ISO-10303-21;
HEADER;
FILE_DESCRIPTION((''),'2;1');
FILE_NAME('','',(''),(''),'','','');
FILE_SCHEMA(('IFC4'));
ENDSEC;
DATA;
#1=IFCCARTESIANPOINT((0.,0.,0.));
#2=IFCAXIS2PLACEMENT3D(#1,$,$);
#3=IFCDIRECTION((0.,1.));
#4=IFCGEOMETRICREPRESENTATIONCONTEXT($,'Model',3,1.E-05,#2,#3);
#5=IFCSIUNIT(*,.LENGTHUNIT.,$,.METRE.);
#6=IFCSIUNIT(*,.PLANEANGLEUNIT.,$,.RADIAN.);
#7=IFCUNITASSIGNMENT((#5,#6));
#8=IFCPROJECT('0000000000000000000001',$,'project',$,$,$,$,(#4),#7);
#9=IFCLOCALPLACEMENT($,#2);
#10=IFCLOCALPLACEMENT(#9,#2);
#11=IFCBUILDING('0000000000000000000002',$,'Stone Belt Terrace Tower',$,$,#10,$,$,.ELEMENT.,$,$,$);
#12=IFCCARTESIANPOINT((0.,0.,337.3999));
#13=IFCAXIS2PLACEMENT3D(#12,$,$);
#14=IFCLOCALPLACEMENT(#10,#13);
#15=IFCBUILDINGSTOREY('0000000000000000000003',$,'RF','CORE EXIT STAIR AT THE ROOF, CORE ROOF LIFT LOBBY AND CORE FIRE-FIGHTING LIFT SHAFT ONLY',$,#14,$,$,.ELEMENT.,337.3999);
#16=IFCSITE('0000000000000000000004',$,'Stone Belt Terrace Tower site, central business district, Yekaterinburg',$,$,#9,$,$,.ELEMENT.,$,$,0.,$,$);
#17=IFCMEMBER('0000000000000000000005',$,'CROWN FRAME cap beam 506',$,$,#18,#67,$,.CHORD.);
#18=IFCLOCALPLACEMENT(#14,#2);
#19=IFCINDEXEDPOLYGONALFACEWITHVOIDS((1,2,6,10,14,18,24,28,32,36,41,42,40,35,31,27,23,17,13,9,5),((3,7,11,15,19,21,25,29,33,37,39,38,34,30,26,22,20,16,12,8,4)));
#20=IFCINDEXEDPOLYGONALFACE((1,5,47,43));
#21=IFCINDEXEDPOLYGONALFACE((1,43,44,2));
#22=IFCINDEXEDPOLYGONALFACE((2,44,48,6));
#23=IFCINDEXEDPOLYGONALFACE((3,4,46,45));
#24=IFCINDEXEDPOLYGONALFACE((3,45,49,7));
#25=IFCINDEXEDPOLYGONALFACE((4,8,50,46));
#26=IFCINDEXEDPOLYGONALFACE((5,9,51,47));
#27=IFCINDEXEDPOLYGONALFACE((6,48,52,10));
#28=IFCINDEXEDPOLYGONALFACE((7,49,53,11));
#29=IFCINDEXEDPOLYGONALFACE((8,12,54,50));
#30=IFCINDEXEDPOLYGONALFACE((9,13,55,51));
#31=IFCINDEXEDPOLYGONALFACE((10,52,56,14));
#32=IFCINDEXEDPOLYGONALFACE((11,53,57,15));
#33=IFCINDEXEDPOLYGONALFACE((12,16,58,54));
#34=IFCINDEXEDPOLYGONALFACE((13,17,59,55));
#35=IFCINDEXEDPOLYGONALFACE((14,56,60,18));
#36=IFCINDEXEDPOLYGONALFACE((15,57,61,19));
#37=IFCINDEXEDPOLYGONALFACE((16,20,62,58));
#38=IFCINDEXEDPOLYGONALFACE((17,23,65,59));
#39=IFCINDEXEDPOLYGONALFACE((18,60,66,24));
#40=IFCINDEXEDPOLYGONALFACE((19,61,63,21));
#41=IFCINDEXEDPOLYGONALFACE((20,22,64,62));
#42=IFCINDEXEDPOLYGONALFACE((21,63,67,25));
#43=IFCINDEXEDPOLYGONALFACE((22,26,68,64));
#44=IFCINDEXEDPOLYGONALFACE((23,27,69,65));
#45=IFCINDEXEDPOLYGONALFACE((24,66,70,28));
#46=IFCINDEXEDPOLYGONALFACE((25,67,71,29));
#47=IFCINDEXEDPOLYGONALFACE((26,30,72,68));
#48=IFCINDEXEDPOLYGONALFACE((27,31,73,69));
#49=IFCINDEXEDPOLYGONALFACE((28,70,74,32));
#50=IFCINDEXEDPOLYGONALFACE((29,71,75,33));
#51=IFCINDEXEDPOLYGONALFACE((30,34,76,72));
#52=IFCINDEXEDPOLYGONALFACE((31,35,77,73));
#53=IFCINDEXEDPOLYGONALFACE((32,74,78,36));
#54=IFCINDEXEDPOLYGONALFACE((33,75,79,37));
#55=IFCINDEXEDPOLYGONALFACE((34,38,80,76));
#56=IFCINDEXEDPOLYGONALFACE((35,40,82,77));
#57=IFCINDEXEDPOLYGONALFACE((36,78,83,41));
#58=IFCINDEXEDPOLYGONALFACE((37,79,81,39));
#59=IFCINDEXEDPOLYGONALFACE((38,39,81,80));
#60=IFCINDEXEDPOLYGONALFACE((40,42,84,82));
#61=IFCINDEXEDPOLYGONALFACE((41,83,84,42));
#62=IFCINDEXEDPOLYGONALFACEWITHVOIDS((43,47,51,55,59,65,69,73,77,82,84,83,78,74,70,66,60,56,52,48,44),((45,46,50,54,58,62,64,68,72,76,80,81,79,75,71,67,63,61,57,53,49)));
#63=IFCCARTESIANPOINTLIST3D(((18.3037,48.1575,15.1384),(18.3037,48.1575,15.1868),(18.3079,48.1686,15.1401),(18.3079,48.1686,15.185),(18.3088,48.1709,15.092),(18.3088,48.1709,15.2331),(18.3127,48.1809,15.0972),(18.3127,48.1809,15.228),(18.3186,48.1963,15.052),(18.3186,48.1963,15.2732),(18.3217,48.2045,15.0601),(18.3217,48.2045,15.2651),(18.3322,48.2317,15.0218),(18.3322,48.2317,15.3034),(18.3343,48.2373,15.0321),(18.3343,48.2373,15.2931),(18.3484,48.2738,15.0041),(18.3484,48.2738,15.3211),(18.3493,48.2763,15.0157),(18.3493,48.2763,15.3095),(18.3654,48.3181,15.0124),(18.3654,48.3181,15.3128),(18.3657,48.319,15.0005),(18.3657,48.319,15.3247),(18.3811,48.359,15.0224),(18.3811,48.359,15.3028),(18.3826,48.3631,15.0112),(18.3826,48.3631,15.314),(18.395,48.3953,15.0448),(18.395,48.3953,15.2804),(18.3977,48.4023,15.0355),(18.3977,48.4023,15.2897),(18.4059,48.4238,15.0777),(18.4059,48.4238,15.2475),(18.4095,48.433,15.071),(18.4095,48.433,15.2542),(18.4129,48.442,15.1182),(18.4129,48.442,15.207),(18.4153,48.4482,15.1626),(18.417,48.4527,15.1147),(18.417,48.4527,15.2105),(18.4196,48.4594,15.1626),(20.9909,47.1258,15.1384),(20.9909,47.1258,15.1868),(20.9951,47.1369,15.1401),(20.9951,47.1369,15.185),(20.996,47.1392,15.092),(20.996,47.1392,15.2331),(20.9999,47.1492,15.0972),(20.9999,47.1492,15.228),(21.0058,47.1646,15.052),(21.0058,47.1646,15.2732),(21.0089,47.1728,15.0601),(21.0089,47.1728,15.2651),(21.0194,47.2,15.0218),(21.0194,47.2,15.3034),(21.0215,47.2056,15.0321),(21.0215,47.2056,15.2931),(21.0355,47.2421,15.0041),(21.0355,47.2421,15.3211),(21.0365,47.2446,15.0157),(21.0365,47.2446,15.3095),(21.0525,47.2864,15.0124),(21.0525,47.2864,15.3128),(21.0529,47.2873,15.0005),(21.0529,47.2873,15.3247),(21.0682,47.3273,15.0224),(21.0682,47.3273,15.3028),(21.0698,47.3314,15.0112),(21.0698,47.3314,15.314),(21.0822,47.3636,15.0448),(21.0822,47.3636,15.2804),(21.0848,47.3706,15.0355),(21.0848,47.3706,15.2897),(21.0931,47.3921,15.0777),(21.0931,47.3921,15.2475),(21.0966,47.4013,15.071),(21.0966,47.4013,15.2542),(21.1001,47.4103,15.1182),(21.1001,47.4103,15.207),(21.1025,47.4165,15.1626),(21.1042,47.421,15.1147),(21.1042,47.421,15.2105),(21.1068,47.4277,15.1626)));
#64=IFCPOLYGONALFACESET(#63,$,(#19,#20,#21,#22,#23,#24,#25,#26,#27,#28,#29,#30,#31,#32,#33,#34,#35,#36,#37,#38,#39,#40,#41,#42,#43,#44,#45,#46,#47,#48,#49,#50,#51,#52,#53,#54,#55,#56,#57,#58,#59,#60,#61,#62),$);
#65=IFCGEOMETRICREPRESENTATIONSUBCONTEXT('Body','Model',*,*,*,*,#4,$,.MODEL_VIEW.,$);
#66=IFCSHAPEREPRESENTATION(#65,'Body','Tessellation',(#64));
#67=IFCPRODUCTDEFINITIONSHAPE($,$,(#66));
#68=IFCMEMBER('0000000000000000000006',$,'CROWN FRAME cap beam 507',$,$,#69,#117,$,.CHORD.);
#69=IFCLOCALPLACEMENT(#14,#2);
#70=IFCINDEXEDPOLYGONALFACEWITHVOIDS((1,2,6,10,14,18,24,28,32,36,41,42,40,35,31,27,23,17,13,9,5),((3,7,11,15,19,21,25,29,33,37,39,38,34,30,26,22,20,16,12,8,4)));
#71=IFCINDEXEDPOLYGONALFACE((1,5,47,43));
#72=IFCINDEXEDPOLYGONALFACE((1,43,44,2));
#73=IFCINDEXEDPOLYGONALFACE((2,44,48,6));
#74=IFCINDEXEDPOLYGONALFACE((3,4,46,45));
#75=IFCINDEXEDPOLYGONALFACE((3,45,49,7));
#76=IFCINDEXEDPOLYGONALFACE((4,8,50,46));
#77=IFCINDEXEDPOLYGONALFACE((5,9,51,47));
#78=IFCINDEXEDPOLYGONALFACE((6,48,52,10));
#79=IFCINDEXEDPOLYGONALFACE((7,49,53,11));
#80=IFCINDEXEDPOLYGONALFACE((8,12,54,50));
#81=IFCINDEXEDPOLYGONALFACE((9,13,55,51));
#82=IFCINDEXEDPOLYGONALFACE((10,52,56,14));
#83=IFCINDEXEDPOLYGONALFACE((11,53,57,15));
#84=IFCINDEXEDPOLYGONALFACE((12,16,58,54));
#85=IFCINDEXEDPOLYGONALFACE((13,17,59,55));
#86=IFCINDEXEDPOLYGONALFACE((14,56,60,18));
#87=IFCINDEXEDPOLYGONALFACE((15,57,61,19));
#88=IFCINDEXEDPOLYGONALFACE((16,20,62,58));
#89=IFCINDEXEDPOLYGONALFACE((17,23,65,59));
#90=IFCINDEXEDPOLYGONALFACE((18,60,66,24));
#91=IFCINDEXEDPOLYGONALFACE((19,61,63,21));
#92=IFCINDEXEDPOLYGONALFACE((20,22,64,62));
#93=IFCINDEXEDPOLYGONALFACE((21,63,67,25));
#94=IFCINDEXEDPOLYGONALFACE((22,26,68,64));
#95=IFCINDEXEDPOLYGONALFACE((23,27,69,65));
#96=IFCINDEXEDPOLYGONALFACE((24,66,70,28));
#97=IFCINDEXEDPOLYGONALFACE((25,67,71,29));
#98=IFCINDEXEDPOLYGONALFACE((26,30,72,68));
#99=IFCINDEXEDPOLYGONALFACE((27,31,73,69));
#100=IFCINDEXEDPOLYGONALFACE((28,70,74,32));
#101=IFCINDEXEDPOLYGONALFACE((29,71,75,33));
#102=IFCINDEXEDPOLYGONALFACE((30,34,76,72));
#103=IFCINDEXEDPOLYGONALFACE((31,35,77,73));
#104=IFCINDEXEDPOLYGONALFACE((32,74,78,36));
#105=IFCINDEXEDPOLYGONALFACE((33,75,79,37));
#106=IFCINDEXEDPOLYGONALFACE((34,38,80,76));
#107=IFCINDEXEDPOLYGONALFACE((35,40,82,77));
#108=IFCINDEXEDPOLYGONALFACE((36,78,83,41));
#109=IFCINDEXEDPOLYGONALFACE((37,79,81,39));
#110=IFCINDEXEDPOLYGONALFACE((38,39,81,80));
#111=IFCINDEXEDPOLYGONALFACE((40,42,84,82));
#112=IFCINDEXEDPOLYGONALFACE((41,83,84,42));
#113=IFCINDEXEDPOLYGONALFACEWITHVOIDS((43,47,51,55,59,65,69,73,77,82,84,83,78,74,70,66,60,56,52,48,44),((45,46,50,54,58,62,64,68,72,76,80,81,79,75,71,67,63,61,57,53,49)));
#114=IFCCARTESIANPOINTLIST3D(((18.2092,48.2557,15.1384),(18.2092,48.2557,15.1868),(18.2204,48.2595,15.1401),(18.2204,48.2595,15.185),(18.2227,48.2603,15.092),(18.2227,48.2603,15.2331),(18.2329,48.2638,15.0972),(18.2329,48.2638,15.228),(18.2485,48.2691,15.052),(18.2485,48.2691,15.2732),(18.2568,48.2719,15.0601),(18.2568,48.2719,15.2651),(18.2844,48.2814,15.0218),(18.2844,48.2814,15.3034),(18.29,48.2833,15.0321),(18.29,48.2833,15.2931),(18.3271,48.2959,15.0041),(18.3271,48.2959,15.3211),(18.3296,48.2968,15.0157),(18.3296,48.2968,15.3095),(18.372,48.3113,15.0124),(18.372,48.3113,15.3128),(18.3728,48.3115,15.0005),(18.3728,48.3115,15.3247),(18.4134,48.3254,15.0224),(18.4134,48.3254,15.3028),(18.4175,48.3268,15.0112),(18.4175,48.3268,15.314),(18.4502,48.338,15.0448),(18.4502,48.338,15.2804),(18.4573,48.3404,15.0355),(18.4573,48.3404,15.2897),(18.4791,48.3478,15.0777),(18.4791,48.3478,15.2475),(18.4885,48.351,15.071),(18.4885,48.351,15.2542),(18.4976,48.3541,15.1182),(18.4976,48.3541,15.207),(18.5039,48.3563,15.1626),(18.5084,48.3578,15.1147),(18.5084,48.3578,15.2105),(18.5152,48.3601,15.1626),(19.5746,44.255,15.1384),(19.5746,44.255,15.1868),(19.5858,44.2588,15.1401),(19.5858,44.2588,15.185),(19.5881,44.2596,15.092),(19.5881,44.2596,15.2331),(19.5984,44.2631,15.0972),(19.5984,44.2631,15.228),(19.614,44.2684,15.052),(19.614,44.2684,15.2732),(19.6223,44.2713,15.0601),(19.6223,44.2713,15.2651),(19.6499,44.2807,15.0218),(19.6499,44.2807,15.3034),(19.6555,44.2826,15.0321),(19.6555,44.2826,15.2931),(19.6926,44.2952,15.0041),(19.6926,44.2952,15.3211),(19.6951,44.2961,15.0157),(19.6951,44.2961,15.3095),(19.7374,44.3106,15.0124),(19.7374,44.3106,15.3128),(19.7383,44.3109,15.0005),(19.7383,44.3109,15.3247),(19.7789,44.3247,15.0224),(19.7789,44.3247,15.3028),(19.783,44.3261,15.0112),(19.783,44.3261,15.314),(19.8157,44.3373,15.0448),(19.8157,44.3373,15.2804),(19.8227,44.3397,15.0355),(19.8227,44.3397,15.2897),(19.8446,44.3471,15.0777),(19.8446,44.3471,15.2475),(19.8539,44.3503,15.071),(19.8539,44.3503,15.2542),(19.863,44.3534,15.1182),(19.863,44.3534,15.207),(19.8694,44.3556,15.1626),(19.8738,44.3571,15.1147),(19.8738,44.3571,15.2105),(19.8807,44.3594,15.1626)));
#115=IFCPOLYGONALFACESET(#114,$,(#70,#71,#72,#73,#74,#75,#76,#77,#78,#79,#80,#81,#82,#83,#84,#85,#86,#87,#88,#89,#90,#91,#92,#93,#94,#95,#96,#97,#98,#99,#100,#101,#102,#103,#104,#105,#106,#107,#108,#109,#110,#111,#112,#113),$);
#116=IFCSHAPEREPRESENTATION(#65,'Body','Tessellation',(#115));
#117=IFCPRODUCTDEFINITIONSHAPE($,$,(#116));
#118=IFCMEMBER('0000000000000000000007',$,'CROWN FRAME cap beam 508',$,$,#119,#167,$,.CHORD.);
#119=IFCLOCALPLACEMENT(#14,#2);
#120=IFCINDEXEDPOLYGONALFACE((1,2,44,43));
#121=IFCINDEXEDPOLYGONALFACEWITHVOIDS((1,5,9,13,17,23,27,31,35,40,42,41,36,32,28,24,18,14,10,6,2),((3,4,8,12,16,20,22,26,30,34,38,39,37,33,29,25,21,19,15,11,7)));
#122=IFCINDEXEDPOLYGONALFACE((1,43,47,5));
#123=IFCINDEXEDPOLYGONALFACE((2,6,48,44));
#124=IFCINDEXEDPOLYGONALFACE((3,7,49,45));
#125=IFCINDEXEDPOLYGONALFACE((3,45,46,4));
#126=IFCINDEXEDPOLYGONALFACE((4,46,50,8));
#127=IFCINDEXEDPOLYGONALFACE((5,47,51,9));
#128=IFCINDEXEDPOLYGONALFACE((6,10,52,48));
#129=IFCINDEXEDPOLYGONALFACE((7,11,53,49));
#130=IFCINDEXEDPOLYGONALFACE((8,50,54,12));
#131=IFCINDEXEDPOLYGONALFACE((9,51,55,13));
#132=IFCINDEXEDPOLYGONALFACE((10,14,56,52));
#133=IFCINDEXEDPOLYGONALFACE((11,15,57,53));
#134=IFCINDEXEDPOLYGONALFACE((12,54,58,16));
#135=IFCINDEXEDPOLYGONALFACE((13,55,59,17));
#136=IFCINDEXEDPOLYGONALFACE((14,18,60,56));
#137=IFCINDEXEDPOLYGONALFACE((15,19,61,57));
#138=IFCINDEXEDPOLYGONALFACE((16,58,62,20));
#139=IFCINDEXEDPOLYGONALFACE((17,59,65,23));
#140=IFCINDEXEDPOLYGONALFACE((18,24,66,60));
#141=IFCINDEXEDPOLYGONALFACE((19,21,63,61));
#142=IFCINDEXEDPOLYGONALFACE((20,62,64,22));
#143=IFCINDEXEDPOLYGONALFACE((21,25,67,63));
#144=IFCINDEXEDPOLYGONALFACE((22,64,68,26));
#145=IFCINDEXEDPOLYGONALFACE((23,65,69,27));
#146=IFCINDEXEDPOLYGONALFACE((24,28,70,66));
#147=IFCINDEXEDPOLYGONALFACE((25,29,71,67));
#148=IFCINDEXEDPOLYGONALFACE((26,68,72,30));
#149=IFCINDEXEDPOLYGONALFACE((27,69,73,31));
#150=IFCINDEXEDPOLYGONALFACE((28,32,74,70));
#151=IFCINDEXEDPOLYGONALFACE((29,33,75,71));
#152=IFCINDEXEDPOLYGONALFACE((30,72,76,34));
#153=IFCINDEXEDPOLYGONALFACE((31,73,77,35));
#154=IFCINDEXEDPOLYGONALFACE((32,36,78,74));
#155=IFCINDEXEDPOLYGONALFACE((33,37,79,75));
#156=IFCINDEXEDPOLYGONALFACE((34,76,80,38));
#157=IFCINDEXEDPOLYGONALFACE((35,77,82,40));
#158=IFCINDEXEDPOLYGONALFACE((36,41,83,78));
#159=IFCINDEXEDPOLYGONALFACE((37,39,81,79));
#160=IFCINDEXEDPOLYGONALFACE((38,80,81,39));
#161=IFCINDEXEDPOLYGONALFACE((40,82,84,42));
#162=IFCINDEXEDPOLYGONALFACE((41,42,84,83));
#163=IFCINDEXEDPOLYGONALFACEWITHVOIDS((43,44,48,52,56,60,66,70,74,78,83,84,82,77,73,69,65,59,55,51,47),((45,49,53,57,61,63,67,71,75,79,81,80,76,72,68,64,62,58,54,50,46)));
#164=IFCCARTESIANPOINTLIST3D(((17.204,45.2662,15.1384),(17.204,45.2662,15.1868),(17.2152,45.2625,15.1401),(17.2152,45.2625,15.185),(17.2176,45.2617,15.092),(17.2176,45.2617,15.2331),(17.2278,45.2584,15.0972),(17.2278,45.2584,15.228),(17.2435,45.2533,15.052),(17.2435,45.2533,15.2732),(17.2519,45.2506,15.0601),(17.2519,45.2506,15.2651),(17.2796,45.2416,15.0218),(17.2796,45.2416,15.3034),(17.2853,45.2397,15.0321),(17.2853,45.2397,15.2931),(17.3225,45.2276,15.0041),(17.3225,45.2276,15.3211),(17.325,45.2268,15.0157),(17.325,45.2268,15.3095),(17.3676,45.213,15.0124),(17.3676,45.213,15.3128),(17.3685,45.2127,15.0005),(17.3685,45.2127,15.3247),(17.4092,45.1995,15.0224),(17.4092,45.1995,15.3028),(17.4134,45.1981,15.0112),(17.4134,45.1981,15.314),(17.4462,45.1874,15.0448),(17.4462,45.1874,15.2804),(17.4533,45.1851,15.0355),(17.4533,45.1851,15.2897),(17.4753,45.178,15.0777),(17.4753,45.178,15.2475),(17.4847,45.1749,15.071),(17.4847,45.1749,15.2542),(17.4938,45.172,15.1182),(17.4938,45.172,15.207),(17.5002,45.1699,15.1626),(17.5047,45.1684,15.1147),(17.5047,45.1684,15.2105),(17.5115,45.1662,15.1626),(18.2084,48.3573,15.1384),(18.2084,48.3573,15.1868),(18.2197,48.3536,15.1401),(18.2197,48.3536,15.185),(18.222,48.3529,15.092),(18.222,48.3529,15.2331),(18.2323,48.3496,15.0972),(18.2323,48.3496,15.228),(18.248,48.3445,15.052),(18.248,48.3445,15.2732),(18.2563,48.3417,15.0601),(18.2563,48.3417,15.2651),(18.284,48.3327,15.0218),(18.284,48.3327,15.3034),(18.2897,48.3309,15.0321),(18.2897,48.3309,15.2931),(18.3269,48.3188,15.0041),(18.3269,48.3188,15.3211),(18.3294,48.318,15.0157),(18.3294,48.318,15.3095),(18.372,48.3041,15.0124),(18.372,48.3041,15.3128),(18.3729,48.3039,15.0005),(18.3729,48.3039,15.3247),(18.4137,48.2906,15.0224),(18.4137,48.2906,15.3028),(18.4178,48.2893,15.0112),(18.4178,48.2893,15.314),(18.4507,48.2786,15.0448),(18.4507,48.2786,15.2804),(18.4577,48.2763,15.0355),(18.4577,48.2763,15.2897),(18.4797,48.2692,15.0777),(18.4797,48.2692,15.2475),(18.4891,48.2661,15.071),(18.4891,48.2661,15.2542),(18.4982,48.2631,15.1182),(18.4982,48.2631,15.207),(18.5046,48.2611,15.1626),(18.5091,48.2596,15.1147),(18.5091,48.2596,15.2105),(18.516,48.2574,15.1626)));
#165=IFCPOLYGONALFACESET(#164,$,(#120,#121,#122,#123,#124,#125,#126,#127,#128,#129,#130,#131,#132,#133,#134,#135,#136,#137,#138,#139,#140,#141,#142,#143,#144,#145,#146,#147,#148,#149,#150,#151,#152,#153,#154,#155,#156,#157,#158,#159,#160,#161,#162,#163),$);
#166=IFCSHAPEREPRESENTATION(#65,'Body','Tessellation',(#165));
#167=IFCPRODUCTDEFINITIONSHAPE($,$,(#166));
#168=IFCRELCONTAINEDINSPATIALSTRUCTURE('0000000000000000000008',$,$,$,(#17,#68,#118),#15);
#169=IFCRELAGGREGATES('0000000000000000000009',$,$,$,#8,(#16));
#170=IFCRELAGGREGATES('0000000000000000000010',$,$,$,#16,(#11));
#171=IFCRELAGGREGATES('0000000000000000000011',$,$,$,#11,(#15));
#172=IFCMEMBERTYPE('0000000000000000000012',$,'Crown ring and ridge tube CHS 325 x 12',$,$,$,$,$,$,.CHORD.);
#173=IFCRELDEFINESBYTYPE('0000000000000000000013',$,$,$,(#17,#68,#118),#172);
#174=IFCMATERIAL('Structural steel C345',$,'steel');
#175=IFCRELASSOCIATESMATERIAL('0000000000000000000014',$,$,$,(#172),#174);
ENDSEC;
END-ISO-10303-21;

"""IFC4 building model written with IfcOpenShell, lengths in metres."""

from ifc_helpers import new_model, si_unit, direction, frame, origin, origin_2d, place, context, subcontext, project, spatial, hollow_circle, extrude, material, material_profile, profile_set, type_object, element, save


model = new_model("IFC4")

# Units and contexts
model_context = context("Model", 3, precision=1e-05, world=origin(), true_north=direction((0.0, 1.0)))
body_context = subcontext(model_context, "Body", "Model", "MODEL_VIEW")
ifc_project = project(units=[si_unit("LENGTHUNIT", "METRE"), si_unit("PLANEANGLEUNIT", "RADIAN")], contexts=[model_context])

# Site, building, storey
site_placement = place(None, origin())
site = spatial("IfcSite", under=ifc_project, at=site_placement, Name="Stone Belt Terrace Tower site, central business district, Yekaterinburg", CompositionType="ELEMENT", RefElevation=0.0)
building_placement = place(site_placement, origin())
building = spatial("IfcBuilding", under=site, at=building_placement, Name="Stone Belt Terrace Tower", CompositionType="ELEMENT")
storey_placement = place(building_placement, frame((0.0, 0.0, 337.3999)))
storey = spatial("IfcBuildingStorey", under=building, at=storey_placement, Name="RF", Description="CORE EXIT STAIR AT THE ROOF, CORE ROOF LIFT LOBBY AND CORE FIRE-FIGHTING LIFT SHAFT ONLY", CompositionType="ELEMENT", Elevation=337.3999)

# Members
ifc_material_1 = material(Name="Structural steel C345", Category="steel")
ifc_material_profile_1 = material_profile(ifc_material_1, hollow_circle(Radius=0.1626, WallThickness=0.012, at=origin_2d()), Name="Structural steel C345 CHS 325x12")
ifc_profile_set_1 = profile_set([ifc_material_profile_1], Name="Structural steel C345")
member_type_1 = type_object("IfcMemberType", Name="Crown ring and ridge tube CHS 325 x 12", PredefinedType="CHORD", material=ifc_profile_set_1)
member_1_placement = place(storey_placement, frame((18.3613, 48.3076, 15.1626), z_axis=(0.933557, -0.358428, 0.0), x_axis=(0.358428, 0.933557, 0.0)))
element("IfcMember", 1, at=member_1_placement, inside=storey, type_object=member_type_1, Name="CROWN FRAME cap beam 506", PredefinedType="CHORD", context=body_context, shape_type="SweptSolid", body=[
    extrude(hollow_circle(Radius=0.1626, WallThickness=0.012, at=origin_2d()), origin(), (0.0, 0.0, 1.0), 2.8784),
])
member_2_placement = place(storey_placement, frame((18.3613, 48.3076, 15.1626), z_axis=(0.323011, -0.946395, 0.0), x_axis=(0.946395, 0.323011, 0.0)))
element("IfcMember", 2, at=member_2_placement, inside=storey, type_object=member_type_1, Name="CROWN FRAME cap beam 507", PredefinedType="CHORD", context=body_context, shape_type="SweptSolid", body=[
    extrude(hollow_circle(Radius=0.1626, WallThickness=0.012, at=origin_2d()), origin(), (0.0, 0.0, 1.0), 4.2273),
])
member_3_placement = place(storey_placement, frame((18.3613, 48.3076, 15.1626), z_axis=(-0.30903, -0.951052, 0.0), x_axis=(0.951052, -0.30903, 0.0)))
element("IfcMember", 3, at=member_3_placement, inside=storey, type_object=member_type_1, Name="CROWN FRAME cap beam 508", PredefinedType="CHORD", context=body_context, shape_type="SweptSolid", body=[
    extrude(hollow_circle(Radius=0.1626, WallThickness=0.012, at=origin_2d()), origin(), (0.0, 0.0, 1.0), 3.2502),
])

save(model, "model.ifc")
